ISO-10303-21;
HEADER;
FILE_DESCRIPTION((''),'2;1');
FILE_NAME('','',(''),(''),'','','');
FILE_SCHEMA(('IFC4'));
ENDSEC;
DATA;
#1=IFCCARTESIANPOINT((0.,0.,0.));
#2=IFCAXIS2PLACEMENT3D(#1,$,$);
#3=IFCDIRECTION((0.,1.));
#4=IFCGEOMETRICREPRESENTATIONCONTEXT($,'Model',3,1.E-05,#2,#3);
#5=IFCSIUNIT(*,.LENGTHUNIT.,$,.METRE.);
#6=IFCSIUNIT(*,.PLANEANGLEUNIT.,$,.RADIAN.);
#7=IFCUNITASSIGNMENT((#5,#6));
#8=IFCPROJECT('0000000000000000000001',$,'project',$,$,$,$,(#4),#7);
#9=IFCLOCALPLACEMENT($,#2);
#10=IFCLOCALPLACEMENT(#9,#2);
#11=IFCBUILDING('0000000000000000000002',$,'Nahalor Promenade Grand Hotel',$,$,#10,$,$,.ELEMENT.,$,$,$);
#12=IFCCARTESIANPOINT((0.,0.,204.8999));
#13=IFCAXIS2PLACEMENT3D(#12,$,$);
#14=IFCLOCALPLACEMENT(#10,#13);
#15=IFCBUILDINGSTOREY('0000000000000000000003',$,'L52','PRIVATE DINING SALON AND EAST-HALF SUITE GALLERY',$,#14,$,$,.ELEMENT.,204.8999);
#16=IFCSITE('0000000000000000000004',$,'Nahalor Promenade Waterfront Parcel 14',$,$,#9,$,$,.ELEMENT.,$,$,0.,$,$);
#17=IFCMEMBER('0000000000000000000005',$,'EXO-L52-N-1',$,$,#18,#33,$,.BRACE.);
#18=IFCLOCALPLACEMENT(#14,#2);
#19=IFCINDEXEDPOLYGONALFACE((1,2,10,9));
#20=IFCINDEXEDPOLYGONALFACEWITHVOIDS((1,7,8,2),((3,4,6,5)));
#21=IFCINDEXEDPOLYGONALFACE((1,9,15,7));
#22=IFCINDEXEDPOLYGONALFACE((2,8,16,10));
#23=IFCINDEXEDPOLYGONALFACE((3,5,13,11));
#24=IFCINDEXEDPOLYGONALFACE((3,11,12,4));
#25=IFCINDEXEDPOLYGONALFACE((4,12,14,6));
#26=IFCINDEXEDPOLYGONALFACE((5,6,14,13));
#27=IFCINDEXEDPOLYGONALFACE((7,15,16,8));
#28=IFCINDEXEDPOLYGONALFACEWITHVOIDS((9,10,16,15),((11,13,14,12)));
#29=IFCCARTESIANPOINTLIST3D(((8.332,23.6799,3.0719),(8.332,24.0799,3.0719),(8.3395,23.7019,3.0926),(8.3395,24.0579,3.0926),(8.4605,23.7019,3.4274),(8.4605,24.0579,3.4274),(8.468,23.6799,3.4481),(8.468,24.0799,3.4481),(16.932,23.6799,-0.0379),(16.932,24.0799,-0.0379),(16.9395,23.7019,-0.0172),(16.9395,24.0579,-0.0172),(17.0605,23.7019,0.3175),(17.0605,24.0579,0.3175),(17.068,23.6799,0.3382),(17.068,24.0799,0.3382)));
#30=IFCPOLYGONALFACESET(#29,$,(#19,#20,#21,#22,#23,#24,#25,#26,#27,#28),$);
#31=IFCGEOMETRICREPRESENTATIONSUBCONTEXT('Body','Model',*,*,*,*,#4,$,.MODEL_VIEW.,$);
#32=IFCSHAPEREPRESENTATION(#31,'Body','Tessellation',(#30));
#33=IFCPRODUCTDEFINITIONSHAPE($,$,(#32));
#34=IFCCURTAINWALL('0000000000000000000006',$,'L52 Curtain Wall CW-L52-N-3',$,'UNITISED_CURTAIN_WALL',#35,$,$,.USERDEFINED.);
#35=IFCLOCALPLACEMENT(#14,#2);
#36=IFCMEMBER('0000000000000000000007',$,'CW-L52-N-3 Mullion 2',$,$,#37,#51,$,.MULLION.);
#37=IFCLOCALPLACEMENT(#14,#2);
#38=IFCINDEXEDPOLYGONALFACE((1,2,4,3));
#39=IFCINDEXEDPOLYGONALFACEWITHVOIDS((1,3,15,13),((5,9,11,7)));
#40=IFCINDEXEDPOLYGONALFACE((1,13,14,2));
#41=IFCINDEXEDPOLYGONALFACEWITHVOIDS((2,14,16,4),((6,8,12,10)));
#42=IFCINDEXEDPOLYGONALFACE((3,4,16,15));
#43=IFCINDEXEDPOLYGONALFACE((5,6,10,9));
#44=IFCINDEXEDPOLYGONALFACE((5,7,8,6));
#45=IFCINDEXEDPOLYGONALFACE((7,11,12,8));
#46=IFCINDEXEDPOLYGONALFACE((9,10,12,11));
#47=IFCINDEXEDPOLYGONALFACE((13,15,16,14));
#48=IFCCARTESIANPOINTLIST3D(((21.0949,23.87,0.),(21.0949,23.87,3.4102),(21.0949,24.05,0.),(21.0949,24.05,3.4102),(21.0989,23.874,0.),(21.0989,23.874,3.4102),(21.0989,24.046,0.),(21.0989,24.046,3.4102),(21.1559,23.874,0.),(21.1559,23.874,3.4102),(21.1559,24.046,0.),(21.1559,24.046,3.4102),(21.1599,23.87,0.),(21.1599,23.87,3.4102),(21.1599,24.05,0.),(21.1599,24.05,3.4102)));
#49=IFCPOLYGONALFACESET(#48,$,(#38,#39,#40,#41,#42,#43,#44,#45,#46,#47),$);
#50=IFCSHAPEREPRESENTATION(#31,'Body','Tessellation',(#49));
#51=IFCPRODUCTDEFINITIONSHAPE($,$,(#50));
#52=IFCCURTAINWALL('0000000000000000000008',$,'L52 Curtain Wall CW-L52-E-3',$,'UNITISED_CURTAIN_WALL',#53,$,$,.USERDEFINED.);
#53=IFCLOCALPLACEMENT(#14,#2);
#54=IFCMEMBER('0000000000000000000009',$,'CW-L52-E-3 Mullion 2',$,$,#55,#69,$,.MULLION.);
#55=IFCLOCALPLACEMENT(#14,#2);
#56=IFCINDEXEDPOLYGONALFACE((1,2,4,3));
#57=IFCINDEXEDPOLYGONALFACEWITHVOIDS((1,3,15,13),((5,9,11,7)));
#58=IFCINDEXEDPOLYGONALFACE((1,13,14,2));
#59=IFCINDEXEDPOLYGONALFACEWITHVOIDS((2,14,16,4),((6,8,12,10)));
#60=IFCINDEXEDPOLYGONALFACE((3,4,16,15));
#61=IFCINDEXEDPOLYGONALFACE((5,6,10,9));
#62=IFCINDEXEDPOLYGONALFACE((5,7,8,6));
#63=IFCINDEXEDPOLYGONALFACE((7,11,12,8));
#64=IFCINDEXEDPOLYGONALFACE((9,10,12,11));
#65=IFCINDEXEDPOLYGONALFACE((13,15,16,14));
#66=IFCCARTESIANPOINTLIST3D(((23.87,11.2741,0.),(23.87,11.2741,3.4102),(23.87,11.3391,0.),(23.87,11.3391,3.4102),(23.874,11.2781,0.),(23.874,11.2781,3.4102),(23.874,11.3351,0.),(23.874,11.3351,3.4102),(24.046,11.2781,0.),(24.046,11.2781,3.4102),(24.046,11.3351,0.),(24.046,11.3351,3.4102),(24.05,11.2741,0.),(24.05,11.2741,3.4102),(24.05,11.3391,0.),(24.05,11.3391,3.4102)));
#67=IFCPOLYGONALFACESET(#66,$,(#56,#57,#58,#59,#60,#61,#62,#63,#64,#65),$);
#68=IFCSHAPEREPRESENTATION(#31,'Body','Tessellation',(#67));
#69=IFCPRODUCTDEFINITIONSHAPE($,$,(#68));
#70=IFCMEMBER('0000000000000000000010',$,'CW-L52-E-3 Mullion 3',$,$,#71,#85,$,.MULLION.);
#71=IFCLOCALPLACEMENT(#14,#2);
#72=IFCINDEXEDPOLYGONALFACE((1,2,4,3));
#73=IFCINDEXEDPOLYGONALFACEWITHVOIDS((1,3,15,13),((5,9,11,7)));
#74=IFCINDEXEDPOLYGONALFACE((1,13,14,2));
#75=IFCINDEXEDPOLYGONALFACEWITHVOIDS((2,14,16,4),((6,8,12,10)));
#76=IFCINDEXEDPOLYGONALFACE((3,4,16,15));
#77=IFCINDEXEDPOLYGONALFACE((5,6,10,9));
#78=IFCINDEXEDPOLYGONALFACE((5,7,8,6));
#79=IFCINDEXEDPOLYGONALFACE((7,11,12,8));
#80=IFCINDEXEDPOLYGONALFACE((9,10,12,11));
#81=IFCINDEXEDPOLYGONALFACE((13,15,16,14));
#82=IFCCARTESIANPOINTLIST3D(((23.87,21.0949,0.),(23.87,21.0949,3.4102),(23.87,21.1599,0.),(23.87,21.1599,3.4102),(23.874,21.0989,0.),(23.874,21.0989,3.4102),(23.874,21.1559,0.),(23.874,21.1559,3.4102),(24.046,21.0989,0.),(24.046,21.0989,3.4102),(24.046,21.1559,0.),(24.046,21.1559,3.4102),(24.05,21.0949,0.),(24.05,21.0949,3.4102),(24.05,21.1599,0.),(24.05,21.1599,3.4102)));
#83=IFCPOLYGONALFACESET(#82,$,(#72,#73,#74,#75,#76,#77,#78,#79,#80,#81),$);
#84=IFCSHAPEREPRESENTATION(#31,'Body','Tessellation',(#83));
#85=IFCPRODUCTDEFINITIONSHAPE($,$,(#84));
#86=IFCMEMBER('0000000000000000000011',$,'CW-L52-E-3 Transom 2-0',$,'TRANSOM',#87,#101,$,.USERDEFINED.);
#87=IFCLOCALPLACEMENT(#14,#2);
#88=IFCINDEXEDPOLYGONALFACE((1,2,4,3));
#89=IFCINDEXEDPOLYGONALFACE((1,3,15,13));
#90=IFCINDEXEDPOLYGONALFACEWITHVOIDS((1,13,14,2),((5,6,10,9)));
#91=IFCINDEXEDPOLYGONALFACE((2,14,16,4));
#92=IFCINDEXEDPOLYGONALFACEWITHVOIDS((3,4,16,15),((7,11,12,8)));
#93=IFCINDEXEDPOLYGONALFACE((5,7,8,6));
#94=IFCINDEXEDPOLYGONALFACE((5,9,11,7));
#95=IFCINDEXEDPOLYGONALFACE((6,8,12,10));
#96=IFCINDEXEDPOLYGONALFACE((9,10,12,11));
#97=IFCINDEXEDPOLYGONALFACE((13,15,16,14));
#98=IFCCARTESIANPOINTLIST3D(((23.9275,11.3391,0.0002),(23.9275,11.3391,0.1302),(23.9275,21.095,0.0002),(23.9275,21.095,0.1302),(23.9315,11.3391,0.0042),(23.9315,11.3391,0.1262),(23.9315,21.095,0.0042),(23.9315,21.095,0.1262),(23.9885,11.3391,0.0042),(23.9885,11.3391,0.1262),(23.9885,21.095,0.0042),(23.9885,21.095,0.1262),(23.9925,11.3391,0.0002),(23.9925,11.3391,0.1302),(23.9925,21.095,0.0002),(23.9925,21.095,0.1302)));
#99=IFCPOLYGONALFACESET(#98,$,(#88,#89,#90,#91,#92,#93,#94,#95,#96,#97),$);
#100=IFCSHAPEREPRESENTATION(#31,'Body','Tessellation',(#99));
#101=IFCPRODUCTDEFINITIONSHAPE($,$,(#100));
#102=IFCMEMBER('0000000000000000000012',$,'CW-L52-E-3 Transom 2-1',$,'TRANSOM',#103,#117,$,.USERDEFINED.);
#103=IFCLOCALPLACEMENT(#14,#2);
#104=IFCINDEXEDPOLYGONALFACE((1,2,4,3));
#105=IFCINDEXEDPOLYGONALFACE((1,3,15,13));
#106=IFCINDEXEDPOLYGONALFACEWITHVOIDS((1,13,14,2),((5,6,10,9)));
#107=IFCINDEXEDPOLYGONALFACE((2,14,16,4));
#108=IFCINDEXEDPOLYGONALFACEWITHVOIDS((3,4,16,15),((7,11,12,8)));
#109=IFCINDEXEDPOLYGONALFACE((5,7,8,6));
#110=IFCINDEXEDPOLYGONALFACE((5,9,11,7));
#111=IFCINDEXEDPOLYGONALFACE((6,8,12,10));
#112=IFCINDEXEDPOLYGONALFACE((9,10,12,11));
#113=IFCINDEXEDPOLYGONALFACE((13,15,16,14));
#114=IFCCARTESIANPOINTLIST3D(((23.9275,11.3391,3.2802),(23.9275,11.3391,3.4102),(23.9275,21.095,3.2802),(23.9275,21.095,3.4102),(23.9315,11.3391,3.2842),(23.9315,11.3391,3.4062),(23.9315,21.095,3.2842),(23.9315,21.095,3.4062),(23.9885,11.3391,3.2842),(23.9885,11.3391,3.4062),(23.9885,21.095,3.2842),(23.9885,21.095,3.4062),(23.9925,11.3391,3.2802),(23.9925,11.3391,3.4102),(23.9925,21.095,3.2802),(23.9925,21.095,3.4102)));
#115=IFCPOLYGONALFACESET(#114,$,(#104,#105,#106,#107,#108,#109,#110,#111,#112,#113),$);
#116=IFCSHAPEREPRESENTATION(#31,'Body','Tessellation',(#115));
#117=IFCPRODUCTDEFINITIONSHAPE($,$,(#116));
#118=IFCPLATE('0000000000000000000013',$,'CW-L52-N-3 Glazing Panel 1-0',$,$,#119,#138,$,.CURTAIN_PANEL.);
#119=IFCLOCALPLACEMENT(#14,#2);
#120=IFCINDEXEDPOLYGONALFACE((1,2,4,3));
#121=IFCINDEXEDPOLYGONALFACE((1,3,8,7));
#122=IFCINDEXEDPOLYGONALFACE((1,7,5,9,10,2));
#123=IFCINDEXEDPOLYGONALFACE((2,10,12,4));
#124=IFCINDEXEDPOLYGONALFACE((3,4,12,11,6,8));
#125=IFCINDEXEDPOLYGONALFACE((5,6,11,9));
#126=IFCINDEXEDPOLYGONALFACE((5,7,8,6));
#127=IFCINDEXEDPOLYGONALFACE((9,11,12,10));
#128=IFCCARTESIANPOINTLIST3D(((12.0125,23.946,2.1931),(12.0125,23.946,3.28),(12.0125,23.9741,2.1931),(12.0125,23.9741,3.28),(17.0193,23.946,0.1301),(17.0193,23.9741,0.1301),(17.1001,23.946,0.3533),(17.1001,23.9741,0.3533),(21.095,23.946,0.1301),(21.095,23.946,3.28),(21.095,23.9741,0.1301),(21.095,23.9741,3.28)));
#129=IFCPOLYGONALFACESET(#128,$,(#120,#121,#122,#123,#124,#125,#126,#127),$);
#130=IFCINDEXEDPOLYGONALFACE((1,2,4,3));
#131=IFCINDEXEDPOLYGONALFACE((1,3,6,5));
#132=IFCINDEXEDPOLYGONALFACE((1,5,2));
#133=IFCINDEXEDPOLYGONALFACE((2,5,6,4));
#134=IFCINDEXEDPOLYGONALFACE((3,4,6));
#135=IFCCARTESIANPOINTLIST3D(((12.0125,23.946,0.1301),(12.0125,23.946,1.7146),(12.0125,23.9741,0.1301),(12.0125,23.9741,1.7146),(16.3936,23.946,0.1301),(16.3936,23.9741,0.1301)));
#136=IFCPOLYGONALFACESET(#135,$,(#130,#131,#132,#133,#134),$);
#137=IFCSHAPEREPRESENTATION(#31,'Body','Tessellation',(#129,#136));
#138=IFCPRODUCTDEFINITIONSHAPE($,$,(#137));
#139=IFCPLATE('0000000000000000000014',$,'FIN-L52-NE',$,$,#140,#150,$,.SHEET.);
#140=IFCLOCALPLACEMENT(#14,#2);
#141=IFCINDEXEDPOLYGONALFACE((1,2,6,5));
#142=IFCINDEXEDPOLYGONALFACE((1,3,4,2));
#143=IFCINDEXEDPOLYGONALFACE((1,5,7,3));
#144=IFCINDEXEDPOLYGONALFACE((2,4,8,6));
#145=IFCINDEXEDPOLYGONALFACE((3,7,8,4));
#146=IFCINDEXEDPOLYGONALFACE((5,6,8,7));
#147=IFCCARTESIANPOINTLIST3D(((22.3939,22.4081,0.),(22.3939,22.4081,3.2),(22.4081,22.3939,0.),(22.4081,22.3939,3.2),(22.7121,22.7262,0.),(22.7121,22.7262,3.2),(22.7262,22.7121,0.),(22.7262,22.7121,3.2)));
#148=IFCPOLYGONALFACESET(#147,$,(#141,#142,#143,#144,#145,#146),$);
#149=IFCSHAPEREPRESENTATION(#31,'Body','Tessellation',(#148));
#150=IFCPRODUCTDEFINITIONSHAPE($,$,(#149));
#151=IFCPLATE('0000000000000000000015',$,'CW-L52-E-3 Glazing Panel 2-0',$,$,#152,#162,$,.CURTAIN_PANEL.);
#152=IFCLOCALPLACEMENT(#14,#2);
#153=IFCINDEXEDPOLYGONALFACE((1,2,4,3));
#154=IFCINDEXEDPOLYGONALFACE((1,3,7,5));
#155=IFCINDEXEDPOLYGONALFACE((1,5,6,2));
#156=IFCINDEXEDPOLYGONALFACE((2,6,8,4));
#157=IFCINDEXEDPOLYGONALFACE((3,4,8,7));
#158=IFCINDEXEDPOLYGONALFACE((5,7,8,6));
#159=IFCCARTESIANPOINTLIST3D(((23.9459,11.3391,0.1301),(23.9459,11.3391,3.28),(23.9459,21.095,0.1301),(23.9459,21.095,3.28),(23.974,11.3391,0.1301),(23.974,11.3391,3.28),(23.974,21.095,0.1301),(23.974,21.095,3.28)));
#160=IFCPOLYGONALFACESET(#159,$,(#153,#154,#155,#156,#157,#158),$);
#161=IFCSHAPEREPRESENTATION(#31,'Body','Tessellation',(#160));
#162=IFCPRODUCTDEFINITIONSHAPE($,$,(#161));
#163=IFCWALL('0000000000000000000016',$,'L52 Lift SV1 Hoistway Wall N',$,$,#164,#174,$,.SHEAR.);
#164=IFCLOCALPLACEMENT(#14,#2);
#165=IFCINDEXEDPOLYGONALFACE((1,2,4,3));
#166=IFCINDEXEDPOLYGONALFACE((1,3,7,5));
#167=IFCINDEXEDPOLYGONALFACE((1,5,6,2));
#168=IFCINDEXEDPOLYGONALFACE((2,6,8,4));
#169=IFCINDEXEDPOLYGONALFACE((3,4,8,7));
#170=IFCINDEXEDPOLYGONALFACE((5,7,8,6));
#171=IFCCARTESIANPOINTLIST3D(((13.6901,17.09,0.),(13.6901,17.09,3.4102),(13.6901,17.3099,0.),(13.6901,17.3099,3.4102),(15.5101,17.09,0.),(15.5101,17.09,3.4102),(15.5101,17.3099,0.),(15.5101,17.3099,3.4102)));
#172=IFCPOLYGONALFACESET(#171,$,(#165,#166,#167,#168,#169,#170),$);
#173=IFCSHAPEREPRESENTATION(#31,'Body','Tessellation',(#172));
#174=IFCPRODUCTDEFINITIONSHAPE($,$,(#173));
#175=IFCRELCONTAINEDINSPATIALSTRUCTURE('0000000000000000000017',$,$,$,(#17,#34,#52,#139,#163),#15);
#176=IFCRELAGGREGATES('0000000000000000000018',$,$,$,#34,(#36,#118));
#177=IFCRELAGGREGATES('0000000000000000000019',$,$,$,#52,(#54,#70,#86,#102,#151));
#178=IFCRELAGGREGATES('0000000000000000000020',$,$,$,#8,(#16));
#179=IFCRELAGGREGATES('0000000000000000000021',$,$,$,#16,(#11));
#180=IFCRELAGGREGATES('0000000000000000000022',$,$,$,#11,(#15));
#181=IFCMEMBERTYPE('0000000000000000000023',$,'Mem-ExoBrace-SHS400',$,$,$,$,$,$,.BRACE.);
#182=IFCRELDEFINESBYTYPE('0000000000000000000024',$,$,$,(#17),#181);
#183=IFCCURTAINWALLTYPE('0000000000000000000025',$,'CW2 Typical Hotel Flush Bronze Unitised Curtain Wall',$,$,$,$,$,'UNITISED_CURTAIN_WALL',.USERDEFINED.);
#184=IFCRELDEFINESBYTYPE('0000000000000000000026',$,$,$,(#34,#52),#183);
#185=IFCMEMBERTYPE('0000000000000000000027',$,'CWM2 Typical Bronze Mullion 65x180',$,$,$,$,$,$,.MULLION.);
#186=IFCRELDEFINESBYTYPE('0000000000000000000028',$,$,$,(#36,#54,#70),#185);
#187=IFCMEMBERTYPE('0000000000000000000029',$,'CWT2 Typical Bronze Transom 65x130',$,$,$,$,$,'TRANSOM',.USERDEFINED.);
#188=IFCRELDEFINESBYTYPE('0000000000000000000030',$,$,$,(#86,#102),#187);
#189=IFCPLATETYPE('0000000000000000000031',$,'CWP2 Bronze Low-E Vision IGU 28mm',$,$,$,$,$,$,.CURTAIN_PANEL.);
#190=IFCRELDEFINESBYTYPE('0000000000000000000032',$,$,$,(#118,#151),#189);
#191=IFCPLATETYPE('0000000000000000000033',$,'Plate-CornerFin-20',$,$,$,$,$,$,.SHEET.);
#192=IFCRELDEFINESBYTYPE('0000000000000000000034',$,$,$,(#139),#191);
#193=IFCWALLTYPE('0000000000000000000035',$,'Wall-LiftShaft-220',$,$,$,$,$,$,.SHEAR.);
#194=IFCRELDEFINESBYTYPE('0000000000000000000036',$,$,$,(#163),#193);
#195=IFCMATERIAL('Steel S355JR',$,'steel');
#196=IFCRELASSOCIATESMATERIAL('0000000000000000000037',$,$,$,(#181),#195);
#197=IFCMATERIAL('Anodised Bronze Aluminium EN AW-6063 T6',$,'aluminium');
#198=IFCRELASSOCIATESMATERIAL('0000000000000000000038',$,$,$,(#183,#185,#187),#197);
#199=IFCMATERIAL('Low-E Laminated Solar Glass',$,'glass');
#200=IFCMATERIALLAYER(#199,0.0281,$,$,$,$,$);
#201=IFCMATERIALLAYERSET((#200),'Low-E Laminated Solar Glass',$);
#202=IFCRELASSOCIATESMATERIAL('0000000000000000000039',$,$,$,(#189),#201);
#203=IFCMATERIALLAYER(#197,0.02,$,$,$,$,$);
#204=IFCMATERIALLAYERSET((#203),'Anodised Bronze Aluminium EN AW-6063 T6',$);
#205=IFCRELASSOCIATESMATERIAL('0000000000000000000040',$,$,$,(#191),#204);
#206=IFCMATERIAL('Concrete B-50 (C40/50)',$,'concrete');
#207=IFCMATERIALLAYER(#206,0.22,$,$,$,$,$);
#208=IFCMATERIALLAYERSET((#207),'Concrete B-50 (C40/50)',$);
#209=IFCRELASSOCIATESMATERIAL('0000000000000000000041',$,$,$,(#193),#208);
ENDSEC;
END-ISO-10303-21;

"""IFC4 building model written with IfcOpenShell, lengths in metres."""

from ifc_helpers import new_model, si_unit, direction, frame, frame_2d, origin, origin_2d, place, context, subcontext, project, spatial, polyline, rectangle, hollow_rectangle, outline, extrude, source, transform, mapped, material, layer, layer_set, material_profile, profile_set, type_object, element, aggregate, save


model = new_model("IFC4")

# Units and contexts
model_context = context("Model", 3, precision=1e-05, world=origin(), true_north=direction((0.0, 1.0)))
body_context = subcontext(model_context, "Body", "Model", "MODEL_VIEW")
ifc_project = project(units=[si_unit("LENGTHUNIT", "METRE"), si_unit("PLANEANGLEUNIT", "RADIAN")], contexts=[model_context])

# Site, building, storey
site_placement = place(None, origin())
site = spatial("IfcSite", under=ifc_project, at=site_placement, Name="Nahalor Promenade Waterfront Parcel 14", CompositionType="ELEMENT", RefElevation=0.0)
building_placement = place(site_placement, origin())
building = spatial("IfcBuilding", under=site, at=building_placement, Name="Nahalor Promenade Grand Hotel", CompositionType="ELEMENT")
storey_placement = place(building_placement, frame((0.0, 0.0, 204.8999)))
storey = spatial("IfcBuildingStorey", under=building, at=storey_placement, Name="L52", Description="PRIVATE DINING SALON AND EAST-HALF SUITE GALLERY", CompositionType="ELEMENT", Elevation=204.8999)

# Shared definitions
ifc_material_1 = material(Name="Steel S355JR", Category="steel")

# Member
ifc_material_profile_1 = material_profile(ifc_material_1, hollow_rectangle(XDim=0.4, YDim=0.4, WallThickness=0.022, at=origin_2d()), Name="SHS 400x400x22")
ifc_profile_set_1 = profile_set([ifc_material_profile_1], Name="Steel S355JR")
member_type_1 = type_object("IfcMemberType", Name="Mem-ExoBrace-SHS400", PredefinedType="BRACE", material=ifc_profile_set_1)
shared_shape_1 = source(origin(), body_context, "Body", "SweptSolid", [
    extrude(hollow_rectangle(XDim=0.4, YDim=0.4, WallThickness=0.022, at=origin_2d()), origin(), (0.0, 0.0, 1.0), 9.145),
])
member_1_placement = place(storey_placement, frame((17.0, 23.8799, 0.1501), z_axis=(-0.940405, 0.0, 0.340058), x_axis=(0.0, -1.0, 0.0)))
element("IfcMember", 1, at=member_1_placement, inside=storey, type_object=member_type_1, Name="EXO-L52-N-1", PredefinedType="BRACE", context=body_context, shape_type="MappedRepresentation", body=[
    mapped(shared_shape_1, transform((0.0, 0.0, 0.0), scale=1.0)),
])

# Curtain wall, member
ifc_material_2 = material(Name="Anodised Bronze Aluminium EN AW-6063 T6", Category="aluminium")
curtain_wall_type = type_object("IfcCurtainWallType", Name="CW2 Typical Hotel Flush Bronze Unitised Curtain Wall", ElementType="UNITISED_CURTAIN_WALL", PredefinedType="USERDEFINED", material=ifc_material_2)
curtain_wall_1_placement = place(storey_placement, origin())
curtain_wall_1 = element("IfcCurtainWall", 2, at=curtain_wall_1_placement, inside=storey, type_object=curtain_wall_type, Name="L52 Curtain Wall CW-L52-N-3", ObjectType="UNITISED_CURTAIN_WALL", PredefinedType="USERDEFINED")
ifc_material_profile_2 = material_profile(ifc_material_2, hollow_rectangle(XDim=0.065, YDim=0.18, WallThickness=0.004, at=origin_2d()), Name="CWM 65x180x4")
ifc_profile_set_2 = profile_set([ifc_material_profile_2], Name="Anodised Bronze Aluminium EN AW-6063 T6")
member_type_2 = type_object("IfcMemberType", Name="CWM2 Typical Bronze Mullion 65x180", PredefinedType="MULLION", material=ifc_profile_set_2)
shared_shape_2 = source(origin(), body_context, "Body", "SweptSolid", [
    extrude(hollow_rectangle(XDim=0.065, YDim=0.18, WallThickness=0.004, at=origin_2d()), origin(), (0.0, 0.0, 1.0), 3.4102),
])
member_2_placement = place(storey_placement, frame((21.1274, 23.96, 0.0), z_axis=(0.0, 0.0, 1.0), x_axis=(1.0, 0.0, 0.0)))
member_2 = element("IfcMember", 3, at=member_2_placement, type_object=member_type_2, Name="CW-L52-N-3 Mullion 2", PredefinedType="MULLION", context=body_context, shape_type="MappedRepresentation", body=[
    mapped(shared_shape_2, transform((0.0, 0.0, 0.0), scale=1.0)),
])

# Curtain wall, members
curtain_wall_2_placement = place(storey_placement, origin())
curtain_wall_2 = element("IfcCurtainWall", 4, at=curtain_wall_2_placement, inside=storey, type_object=curtain_wall_type, Name="L52 Curtain Wall CW-L52-E-3", ObjectType="UNITISED_CURTAIN_WALL", PredefinedType="USERDEFINED")
member_3_placement = place(storey_placement, frame((23.96, 11.3066, 0.0), z_axis=(0.0, 0.0, 1.0), x_axis=(0.0, 1.0, 0.0)))
member_3 = element("IfcMember", 5, at=member_3_placement, type_object=member_type_2, Name="CW-L52-E-3 Mullion 2", PredefinedType="MULLION", context=body_context, shape_type="MappedRepresentation", body=[
    mapped(shared_shape_2, transform((0.0, 0.0, 0.0), scale=1.0)),
])
member_4_placement = place(storey_placement, frame((23.96, 21.1274, 0.0), z_axis=(0.0, 0.0, 1.0), x_axis=(0.0, 1.0, 0.0)))
member_4 = element("IfcMember", 6, at=member_4_placement, type_object=member_type_2, Name="CW-L52-E-3 Mullion 3", PredefinedType="MULLION", context=body_context, shape_type="MappedRepresentation", body=[
    mapped(shared_shape_2, transform((0.0, 0.0, 0.0), scale=1.0)),
])
ifc_material_profile_3 = material_profile(ifc_material_2, hollow_rectangle(XDim=0.065, YDim=0.13, WallThickness=0.004, at=origin_2d()), Name="CWT 65x130x4")
ifc_profile_set_3 = profile_set([ifc_material_profile_3], Name="Anodised Bronze Aluminium EN AW-6063 T6")
member_type_3 = type_object("IfcMemberType", Name="CWT2 Typical Bronze Transom 65x130", ElementType="TRANSOM", PredefinedType="USERDEFINED", material=ifc_profile_set_3)
shared_shape_3 = source(origin(), body_context, "Body", "SweptSolid", [
    extrude(hollow_rectangle(XDim=0.065, YDim=0.13, WallThickness=0.004, at=origin_2d()), origin(), (0.0, 0.0, 1.0), 9.7559),
])
member_5_placement = place(storey_placement, frame((23.96, 11.3391, 0.0652), z_axis=(0.0, 1.0, 0.0), x_axis=(-1.0, 0.0, 0.0)))
member_5 = element("IfcMember", 7, at=member_5_placement, type_object=member_type_3, Name="CW-L52-E-3 Transom 2-0", ObjectType="TRANSOM", PredefinedType="USERDEFINED", context=body_context, shape_type="MappedRepresentation", body=[
    mapped(shared_shape_3, transform((0.0, 0.0, 0.0), scale=1.0)),
])
member_6_placement = place(storey_placement, frame((23.96, 11.3391, 3.3452), z_axis=(0.0, 1.0, 0.0), x_axis=(-1.0, 0.0, 0.0)))
member_6 = element("IfcMember", 8, at=member_6_placement, type_object=member_type_3, Name="CW-L52-E-3 Transom 2-1", ObjectType="TRANSOM", PredefinedType="USERDEFINED", context=body_context, shape_type="MappedRepresentation", body=[
    mapped(shared_shape_3, transform((0.0, 0.0, 0.0), scale=1.0)),
])

# Plates
ifc_material_3 = material(Name="Low-E Laminated Solar Glass", Category="glass")
ifc_layer_1 = layer(ifc_material_3, 0.0281)
ifc_layer_set_1 = layer_set([ifc_layer_1], Name="Low-E Laminated Solar Glass")
plate_type_1 = type_object("IfcPlateType", Name="CWP2 Bronze Low-E Vision IGU 28mm", PredefinedType="CURTAIN_PANEL", material=ifc_layer_set_1)
plate_1_placement = place(storey_placement, frame((16.5537, 23.96, 0.1301), z_axis=(0.0, 0.0, 1.0), x_axis=(1.0, 0.0, 0.0)))
plate_1 = element("IfcPlate", 9, at=plate_1_placement, type_object=plate_type_1, Name="CW-L52-N-3 Glazing Panel 1-0", PredefinedType="CURTAIN_PANEL", context=body_context, shape_type="SweptSolid", body=[
    extrude(outline(polyline([(4.5413, 3.1499), (-4.5413, 3.1499), (-4.5413, 2.063), (0.5464, 0.2231), (0.4656, 0.0), (4.5413, 0.0), (4.5413, 3.1499)])), frame((0.0, 0.0142, 0.0), z_axis=(0.0, -1.0, 0.0), x_axis=(1.0, 0.0, 0.0)), (0.0, 0.0, 1.0), 0.0281),
    extrude(outline(polyline([(-4.5413, 1.5845), (-4.5413, 0.0), (-0.1602, 0.0), (-4.5413, 1.5845)])), frame((0.0, 0.0142, 0.0), z_axis=(0.0, -1.0, 0.0), x_axis=(1.0, 0.0, 0.0)), (0.0, 0.0, 1.0), 0.0281),
])
aggregate(curtain_wall_1, [member_2, plate_1])
ifc_layer_2 = layer(ifc_material_2, 0.02)
ifc_layer_set_2 = layer_set([ifc_layer_2], Name="Anodised Bronze Aluminium EN AW-6063 T6")
plate_type_2 = type_object("IfcPlateType", Name="Plate-CornerFin-20", PredefinedType="SHEET", material=ifc_layer_set_2)
shared_shape_4 = source(origin(), body_context, "Body", "SweptSolid", [
    extrude(rectangle(XDim=0.45, YDim=0.02, at=origin_2d()), origin(), (0.0, 0.0, 1.0), 3.2),
])
plate_2_placement = place(storey_placement, frame((22.5601, 22.5601, 0.0), z_axis=(0.0, 0.0, 1.0), x_axis=(0.707107, 0.707107, 0.0)))
element("IfcPlate", 10, at=plate_2_placement, inside=storey, type_object=plate_type_2, Name="FIN-L52-NE", PredefinedType="SHEET", context=body_context, shape_type="MappedRepresentation", body=[
    mapped(shared_shape_4, transform((0.0, 0.0, 0.0), scale=1.0)),
])
shared_shape_5 = source(origin(), body_context, "Body", "SweptSolid", [
    extrude(rectangle(XDim=9.7559, YDim=0.0281, at=origin_2d()), origin(), (0.0, 0.0, 1.0), 3.1499),
])
plate_3_placement = place(storey_placement, frame((23.96, 16.217, 0.1301), z_axis=(0.0, 0.0, 1.0), x_axis=(0.0, 1.0, 0.0)))
plate_3 = element("IfcPlate", 11, at=plate_3_placement, type_object=plate_type_1, Name="CW-L52-E-3 Glazing Panel 2-0", PredefinedType="CURTAIN_PANEL", context=body_context, shape_type="MappedRepresentation", body=[
    mapped(shared_shape_5, transform((0.0, 0.0, 0.0), scale=1.0)),
])
aggregate(curtain_wall_2, [member_3, member_4, member_5, member_6, plate_3])

# Wall
ifc_material_4 = material(Name="Concrete B-50 (C40/50)", Category="concrete")
ifc_layer_3 = layer(ifc_material_4, 0.22)
ifc_layer_set_3 = layer_set([ifc_layer_3], Name="Concrete B-50 (C40/50)")
wall_type_1 = type_object("IfcWallType", Name="Wall-LiftShaft-220", PredefinedType="SHEAR", material=ifc_layer_set_3)
shared_shape_6 = source(origin(), body_context, "Body", "SweptSolid", [
    extrude(rectangle(XDim=1.8201, YDim=0.22, at=frame_2d((0.9102, 0.0))), origin(), (0.0, 0.0, 1.0), 3.4102),
])
wall_1_placement = place(storey_placement, frame((13.6899, 17.2, 0.0), z_axis=(0.0, 0.0, 1.0), x_axis=(1.0, 0.0, 0.0)))
element("IfcWall", 12, at=wall_1_placement, inside=storey, type_object=wall_type_1, Name="L52 Lift SV1 Hoistway Wall N", PredefinedType="SHEAR", context=body_context, shape_type="MappedRepresentation", body=[
    mapped(shared_shape_6, transform((0.0, 0.0, 0.0), scale=1.0)),
])

save(model, "model.ifc")
